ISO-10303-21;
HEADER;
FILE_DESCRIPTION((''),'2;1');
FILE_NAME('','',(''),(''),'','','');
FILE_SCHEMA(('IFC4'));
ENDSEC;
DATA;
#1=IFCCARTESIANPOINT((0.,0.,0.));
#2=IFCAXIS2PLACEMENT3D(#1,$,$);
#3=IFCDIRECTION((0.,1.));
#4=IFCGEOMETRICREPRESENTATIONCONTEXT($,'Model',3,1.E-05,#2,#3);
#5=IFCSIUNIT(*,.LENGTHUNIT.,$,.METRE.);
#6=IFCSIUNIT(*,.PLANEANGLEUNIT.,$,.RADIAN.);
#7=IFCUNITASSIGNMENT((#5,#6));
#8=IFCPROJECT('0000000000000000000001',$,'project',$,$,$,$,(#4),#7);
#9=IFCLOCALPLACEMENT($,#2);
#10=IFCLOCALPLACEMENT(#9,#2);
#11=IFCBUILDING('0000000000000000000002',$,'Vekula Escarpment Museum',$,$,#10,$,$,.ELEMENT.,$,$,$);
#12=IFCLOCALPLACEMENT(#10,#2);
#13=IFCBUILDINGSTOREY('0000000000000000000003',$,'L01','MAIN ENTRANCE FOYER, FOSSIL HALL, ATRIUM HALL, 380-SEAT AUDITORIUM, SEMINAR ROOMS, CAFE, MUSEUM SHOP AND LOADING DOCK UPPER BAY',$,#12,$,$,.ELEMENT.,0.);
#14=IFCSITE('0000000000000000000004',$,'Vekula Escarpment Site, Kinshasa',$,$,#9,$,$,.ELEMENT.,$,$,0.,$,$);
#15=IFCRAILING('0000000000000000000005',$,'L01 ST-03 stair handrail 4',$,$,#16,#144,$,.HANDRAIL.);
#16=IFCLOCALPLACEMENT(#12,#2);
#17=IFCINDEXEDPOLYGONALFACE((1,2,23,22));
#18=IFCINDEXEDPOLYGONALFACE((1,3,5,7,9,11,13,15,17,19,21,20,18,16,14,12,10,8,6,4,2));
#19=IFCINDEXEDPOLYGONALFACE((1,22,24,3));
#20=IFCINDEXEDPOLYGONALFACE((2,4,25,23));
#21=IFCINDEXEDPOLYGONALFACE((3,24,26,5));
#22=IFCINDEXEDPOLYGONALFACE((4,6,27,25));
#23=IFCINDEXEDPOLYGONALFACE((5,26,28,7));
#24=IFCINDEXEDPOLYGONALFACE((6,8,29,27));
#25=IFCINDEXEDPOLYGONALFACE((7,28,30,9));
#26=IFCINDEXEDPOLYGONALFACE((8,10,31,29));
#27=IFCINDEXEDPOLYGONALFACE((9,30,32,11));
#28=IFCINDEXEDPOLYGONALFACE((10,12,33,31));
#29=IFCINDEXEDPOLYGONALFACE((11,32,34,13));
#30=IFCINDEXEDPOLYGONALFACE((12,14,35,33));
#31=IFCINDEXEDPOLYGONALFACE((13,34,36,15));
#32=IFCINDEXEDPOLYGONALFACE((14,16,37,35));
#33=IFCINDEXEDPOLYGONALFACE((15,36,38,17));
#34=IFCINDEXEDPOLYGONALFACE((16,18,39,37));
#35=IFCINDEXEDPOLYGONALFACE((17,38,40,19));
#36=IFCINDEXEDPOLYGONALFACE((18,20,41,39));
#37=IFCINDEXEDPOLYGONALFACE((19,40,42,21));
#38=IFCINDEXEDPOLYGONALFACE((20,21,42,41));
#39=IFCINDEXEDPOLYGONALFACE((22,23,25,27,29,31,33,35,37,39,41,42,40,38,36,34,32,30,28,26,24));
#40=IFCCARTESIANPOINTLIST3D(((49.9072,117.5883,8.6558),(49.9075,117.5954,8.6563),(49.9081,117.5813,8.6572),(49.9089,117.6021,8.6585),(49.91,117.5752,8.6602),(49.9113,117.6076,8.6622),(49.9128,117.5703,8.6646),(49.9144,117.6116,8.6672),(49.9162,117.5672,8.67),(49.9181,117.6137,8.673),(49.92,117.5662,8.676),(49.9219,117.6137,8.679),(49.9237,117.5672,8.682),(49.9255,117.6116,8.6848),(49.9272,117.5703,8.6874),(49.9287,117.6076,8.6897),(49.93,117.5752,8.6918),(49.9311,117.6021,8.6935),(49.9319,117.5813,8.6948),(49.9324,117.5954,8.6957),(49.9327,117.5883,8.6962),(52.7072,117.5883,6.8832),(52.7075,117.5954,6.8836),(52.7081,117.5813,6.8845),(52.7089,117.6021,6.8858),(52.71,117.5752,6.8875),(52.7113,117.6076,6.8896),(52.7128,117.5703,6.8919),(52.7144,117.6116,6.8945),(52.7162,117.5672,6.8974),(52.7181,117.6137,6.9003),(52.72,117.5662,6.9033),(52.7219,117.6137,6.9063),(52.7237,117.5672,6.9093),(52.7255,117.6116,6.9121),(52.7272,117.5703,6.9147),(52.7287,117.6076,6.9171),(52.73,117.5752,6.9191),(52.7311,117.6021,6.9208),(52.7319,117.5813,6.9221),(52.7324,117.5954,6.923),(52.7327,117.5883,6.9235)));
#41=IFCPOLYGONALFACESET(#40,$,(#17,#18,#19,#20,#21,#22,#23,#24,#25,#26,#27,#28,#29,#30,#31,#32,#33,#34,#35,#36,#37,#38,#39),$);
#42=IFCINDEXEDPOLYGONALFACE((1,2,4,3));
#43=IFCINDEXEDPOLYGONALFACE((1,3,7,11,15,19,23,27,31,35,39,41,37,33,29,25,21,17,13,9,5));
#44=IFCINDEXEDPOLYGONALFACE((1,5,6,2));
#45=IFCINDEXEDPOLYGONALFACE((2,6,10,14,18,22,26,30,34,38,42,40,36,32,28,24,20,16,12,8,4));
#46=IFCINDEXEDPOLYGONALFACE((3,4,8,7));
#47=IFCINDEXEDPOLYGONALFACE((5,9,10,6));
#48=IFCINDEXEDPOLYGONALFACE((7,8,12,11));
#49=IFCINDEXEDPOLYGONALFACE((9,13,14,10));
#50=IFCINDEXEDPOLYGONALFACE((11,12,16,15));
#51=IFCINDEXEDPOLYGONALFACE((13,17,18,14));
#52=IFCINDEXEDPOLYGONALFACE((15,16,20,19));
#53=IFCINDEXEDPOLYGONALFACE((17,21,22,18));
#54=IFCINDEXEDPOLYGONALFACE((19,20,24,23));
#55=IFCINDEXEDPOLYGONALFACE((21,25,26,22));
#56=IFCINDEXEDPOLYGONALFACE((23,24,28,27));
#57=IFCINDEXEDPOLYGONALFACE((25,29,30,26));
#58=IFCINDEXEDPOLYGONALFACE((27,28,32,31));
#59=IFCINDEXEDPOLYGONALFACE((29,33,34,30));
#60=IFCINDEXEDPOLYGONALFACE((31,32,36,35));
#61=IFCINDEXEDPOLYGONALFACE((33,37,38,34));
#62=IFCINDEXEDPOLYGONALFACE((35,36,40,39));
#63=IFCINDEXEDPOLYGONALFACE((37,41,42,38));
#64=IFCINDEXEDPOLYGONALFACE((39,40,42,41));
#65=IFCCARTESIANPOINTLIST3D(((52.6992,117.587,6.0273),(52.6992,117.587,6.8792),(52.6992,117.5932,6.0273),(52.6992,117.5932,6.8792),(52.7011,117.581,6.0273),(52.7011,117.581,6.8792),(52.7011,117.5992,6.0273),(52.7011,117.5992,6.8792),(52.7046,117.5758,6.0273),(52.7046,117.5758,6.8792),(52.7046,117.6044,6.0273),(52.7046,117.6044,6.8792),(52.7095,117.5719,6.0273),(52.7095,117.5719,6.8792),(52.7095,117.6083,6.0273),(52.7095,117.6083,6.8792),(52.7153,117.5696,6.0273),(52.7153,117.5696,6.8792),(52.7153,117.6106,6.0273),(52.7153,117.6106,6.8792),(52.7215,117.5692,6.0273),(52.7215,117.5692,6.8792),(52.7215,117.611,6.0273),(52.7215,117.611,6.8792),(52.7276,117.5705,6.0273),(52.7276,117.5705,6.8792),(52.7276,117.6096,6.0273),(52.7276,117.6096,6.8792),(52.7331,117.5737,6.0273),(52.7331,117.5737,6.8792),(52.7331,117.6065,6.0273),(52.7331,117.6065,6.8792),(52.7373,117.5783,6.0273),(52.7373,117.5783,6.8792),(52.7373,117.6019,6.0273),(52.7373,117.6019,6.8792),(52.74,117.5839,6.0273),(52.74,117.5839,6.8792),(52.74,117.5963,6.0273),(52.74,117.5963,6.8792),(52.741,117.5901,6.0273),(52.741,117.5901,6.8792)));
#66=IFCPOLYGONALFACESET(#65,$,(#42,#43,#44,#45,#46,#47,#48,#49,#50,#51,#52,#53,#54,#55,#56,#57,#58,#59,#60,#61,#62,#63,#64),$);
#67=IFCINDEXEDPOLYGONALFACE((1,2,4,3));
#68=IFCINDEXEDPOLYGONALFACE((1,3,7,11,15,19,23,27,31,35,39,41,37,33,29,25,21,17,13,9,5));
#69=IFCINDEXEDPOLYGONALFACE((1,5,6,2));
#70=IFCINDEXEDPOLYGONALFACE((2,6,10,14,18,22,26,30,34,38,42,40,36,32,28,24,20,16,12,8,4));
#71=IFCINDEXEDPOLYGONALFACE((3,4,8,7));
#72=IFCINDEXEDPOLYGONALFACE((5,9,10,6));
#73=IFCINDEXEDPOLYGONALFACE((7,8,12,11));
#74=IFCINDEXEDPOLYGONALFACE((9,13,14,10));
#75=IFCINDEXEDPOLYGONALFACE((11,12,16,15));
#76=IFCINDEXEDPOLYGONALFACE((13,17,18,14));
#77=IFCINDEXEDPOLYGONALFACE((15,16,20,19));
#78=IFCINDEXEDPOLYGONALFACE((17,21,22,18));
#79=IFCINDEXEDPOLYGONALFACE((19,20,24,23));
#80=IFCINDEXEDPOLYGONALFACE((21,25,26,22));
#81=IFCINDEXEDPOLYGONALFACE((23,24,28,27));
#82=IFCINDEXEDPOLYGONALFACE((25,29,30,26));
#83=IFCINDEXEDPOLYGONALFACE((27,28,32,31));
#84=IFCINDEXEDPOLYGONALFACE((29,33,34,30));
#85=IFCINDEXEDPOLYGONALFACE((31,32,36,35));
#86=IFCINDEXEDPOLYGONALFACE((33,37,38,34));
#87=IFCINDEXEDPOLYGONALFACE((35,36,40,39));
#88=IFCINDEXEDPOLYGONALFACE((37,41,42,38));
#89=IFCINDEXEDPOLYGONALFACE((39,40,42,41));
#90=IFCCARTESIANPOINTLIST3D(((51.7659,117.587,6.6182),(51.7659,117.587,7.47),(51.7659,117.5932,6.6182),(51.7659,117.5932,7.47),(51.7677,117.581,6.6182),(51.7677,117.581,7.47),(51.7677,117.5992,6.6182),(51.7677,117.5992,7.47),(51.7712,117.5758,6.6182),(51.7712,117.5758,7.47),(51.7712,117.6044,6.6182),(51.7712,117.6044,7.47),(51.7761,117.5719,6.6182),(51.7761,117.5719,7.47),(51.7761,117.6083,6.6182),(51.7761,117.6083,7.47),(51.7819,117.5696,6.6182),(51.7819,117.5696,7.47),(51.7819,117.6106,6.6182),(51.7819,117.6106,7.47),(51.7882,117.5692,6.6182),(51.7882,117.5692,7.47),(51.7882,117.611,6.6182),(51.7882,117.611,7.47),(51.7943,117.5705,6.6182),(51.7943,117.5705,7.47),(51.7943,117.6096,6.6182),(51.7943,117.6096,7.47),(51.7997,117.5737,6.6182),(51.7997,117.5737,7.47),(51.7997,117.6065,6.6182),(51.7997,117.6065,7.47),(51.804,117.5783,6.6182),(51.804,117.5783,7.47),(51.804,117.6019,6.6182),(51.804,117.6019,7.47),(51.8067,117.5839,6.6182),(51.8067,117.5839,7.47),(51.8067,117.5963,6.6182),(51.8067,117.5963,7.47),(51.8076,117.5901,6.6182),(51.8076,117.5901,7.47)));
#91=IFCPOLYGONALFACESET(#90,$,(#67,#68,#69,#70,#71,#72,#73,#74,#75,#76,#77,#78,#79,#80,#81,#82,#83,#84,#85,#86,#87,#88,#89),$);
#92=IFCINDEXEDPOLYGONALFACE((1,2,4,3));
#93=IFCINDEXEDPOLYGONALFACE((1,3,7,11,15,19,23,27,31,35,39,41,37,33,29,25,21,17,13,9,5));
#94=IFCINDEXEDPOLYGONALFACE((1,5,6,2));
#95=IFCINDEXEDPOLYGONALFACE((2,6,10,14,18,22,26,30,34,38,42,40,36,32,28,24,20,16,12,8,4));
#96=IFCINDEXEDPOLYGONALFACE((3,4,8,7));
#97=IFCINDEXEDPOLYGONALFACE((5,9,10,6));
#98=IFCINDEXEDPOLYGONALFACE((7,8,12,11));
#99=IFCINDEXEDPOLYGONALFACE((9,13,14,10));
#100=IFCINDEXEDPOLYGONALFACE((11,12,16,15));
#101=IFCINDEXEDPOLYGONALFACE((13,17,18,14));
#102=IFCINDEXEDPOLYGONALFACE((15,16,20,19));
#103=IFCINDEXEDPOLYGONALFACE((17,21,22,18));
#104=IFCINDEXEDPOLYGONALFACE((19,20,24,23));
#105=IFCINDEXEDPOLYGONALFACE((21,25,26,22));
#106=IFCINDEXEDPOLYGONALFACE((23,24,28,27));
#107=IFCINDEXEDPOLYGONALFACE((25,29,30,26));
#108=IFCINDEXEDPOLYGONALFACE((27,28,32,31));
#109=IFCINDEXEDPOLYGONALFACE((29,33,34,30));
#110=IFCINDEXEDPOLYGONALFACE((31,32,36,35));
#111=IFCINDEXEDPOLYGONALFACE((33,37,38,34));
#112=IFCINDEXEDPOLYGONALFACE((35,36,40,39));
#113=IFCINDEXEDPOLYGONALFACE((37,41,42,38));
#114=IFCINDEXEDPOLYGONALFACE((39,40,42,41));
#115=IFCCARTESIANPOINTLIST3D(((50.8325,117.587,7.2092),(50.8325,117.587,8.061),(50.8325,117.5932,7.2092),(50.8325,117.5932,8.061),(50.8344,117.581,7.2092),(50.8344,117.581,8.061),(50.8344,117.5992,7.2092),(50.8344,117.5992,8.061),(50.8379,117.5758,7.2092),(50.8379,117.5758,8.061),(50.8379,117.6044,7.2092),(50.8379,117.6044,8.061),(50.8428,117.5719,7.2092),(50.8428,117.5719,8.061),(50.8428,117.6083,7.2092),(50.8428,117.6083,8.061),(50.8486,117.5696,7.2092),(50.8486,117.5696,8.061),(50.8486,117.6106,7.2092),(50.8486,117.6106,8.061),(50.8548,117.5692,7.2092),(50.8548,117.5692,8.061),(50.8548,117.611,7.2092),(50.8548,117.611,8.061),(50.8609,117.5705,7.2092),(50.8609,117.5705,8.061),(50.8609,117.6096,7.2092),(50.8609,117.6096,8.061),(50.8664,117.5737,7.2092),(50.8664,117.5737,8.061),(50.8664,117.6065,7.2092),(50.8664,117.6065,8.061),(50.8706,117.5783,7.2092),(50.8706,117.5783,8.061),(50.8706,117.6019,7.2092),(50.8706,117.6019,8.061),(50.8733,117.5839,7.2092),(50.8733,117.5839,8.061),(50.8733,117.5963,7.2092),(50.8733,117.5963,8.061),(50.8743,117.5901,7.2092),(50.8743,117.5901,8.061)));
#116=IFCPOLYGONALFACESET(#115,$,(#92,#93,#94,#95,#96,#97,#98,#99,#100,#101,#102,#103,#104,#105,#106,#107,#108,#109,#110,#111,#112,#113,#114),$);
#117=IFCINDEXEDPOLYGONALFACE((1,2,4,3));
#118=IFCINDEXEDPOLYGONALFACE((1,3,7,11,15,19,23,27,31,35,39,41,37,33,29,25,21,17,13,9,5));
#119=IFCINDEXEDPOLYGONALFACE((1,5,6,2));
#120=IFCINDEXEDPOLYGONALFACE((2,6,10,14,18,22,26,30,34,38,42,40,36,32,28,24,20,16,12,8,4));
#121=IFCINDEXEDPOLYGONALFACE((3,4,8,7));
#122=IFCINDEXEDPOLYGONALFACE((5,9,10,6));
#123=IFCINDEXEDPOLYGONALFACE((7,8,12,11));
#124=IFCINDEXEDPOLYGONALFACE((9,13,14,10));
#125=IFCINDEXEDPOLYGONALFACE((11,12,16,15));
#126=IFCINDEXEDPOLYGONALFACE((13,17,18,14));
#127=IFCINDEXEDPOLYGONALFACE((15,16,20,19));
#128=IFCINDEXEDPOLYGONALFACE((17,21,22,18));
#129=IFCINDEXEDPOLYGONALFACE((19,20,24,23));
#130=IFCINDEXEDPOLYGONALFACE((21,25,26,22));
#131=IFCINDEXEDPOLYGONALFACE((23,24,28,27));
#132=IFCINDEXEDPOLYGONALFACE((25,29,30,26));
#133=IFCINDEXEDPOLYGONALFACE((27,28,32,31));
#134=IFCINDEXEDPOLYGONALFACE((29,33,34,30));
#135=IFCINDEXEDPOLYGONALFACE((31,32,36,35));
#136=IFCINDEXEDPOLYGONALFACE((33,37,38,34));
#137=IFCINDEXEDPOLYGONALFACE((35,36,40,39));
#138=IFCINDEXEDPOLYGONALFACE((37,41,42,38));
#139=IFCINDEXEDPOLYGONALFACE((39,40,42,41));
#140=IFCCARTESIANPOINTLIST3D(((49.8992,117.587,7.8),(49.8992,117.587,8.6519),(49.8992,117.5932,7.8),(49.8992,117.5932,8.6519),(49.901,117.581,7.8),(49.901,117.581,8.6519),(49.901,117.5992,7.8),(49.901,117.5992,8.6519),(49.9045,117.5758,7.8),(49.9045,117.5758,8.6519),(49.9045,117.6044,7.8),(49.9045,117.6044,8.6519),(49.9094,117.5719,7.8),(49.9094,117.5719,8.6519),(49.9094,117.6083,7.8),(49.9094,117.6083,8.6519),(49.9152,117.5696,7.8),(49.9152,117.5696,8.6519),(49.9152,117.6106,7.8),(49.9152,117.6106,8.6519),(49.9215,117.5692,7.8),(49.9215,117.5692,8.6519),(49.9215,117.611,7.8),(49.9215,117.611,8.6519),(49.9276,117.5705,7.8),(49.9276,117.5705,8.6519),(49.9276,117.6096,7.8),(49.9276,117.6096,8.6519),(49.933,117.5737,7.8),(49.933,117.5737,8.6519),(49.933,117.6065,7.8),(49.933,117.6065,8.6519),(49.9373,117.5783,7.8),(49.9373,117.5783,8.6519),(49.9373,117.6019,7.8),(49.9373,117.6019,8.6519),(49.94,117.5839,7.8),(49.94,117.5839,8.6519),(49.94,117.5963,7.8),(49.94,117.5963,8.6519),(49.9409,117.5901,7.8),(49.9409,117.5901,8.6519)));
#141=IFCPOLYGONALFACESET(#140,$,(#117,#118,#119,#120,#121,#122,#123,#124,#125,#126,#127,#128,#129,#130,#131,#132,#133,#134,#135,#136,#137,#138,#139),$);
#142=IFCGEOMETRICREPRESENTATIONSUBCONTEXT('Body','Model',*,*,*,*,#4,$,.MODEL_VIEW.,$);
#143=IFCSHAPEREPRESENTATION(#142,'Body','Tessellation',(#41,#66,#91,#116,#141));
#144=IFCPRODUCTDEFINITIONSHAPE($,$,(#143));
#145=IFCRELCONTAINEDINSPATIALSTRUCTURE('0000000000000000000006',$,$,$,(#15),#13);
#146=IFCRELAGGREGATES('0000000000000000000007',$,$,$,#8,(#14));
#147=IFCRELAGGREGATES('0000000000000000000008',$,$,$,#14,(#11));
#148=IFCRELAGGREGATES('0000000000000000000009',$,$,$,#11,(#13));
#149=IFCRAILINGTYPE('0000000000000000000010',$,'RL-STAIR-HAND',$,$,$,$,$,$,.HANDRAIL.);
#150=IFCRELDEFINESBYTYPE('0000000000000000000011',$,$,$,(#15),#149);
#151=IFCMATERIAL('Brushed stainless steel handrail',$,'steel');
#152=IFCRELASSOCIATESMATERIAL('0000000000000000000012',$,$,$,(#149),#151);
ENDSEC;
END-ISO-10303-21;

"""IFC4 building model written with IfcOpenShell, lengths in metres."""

from ifc_helpers import new_model, si_unit, direction, frame, origin, origin_2d, place, context, subcontext, project, spatial, circle, extrude, material, type_object, element, save


model = new_model("IFC4")

# Units and contexts
model_context = context("Model", 3, precision=1e-05, world=origin(), true_north=direction((0.0, 1.0)))
body_context = subcontext(model_context, "Body", "Model", "MODEL_VIEW")
ifc_project = project(units=[si_unit("LENGTHUNIT", "METRE"), si_unit("PLANEANGLEUNIT", "RADIAN")], contexts=[model_context])

# Site, building, storey
site_placement = place(None, origin())
site = spatial("IfcSite", under=ifc_project, at=site_placement, Name="Vekula Escarpment Site, Kinshasa", CompositionType="ELEMENT", RefElevation=0.0)
building_placement = place(site_placement, origin())
building = spatial("IfcBuilding", under=site, at=building_placement, Name="Vekula Escarpment Museum", CompositionType="ELEMENT")
storey_placement = place(building_placement, origin())
storey = spatial("IfcBuildingStorey", under=building, at=storey_placement, Name="L01", Description="MAIN ENTRANCE FOYER, FOSSIL HALL, ATRIUM HALL, 380-SEAT AUDITORIUM, SEMINAR ROOMS, CAFE, MUSEUM SHOP AND LOADING DOCK UPPER BAY", CompositionType="ELEMENT", Elevation=0.0)

# Railing
ifc_material_1 = material(Name="Brushed stainless steel handrail", Category="steel")
railing_type_1 = type_object("IfcRailingType", Name="RL-STAIR-HAND", PredefinedType="HANDRAIL", material=ifc_material_1)
for number, where, name in (
    (1, (52.72, 117.5901, 6.0273), "L01 ST-03 stair handrail 4"),
):
    element("IfcRailing", number, at=place(storey_placement, frame(where)), inside=storey, type_object=railing_type_1, Name=name, PredefinedType="HANDRAIL", context=body_context, shape_type="SweptSolid", body=[
        extrude(circle(Radius=0.0239, at=origin_2d()), frame((0.0, 0.0, 0.876), z_axis=(-0.844909, 0.0, 0.53491), x_axis=(0.0, -1.0, 0.0)), (0.0, 0.0, 1.0), 3.314),
        extrude(circle(Radius=0.021, at=origin_2d()), origin(), (0.0, 0.0, 1.0), 0.8518),
        extrude(circle(Radius=0.021, at=origin_2d()), frame((-0.9333, 0.0, 0.5908)), (0.0, 0.0, 1.0), 0.8518),
        extrude(circle(Radius=0.021, at=origin_2d()), frame((-1.8667, 0.0, 1.1819)), (0.0, 0.0, 1.0), 0.8518),
        extrude(circle(Radius=0.021, at=origin_2d()), frame((-2.8, 0.0, 1.7727)), (0.0, 0.0, 1.0), 0.8518),
    ])

save(model, "model.ifc")
